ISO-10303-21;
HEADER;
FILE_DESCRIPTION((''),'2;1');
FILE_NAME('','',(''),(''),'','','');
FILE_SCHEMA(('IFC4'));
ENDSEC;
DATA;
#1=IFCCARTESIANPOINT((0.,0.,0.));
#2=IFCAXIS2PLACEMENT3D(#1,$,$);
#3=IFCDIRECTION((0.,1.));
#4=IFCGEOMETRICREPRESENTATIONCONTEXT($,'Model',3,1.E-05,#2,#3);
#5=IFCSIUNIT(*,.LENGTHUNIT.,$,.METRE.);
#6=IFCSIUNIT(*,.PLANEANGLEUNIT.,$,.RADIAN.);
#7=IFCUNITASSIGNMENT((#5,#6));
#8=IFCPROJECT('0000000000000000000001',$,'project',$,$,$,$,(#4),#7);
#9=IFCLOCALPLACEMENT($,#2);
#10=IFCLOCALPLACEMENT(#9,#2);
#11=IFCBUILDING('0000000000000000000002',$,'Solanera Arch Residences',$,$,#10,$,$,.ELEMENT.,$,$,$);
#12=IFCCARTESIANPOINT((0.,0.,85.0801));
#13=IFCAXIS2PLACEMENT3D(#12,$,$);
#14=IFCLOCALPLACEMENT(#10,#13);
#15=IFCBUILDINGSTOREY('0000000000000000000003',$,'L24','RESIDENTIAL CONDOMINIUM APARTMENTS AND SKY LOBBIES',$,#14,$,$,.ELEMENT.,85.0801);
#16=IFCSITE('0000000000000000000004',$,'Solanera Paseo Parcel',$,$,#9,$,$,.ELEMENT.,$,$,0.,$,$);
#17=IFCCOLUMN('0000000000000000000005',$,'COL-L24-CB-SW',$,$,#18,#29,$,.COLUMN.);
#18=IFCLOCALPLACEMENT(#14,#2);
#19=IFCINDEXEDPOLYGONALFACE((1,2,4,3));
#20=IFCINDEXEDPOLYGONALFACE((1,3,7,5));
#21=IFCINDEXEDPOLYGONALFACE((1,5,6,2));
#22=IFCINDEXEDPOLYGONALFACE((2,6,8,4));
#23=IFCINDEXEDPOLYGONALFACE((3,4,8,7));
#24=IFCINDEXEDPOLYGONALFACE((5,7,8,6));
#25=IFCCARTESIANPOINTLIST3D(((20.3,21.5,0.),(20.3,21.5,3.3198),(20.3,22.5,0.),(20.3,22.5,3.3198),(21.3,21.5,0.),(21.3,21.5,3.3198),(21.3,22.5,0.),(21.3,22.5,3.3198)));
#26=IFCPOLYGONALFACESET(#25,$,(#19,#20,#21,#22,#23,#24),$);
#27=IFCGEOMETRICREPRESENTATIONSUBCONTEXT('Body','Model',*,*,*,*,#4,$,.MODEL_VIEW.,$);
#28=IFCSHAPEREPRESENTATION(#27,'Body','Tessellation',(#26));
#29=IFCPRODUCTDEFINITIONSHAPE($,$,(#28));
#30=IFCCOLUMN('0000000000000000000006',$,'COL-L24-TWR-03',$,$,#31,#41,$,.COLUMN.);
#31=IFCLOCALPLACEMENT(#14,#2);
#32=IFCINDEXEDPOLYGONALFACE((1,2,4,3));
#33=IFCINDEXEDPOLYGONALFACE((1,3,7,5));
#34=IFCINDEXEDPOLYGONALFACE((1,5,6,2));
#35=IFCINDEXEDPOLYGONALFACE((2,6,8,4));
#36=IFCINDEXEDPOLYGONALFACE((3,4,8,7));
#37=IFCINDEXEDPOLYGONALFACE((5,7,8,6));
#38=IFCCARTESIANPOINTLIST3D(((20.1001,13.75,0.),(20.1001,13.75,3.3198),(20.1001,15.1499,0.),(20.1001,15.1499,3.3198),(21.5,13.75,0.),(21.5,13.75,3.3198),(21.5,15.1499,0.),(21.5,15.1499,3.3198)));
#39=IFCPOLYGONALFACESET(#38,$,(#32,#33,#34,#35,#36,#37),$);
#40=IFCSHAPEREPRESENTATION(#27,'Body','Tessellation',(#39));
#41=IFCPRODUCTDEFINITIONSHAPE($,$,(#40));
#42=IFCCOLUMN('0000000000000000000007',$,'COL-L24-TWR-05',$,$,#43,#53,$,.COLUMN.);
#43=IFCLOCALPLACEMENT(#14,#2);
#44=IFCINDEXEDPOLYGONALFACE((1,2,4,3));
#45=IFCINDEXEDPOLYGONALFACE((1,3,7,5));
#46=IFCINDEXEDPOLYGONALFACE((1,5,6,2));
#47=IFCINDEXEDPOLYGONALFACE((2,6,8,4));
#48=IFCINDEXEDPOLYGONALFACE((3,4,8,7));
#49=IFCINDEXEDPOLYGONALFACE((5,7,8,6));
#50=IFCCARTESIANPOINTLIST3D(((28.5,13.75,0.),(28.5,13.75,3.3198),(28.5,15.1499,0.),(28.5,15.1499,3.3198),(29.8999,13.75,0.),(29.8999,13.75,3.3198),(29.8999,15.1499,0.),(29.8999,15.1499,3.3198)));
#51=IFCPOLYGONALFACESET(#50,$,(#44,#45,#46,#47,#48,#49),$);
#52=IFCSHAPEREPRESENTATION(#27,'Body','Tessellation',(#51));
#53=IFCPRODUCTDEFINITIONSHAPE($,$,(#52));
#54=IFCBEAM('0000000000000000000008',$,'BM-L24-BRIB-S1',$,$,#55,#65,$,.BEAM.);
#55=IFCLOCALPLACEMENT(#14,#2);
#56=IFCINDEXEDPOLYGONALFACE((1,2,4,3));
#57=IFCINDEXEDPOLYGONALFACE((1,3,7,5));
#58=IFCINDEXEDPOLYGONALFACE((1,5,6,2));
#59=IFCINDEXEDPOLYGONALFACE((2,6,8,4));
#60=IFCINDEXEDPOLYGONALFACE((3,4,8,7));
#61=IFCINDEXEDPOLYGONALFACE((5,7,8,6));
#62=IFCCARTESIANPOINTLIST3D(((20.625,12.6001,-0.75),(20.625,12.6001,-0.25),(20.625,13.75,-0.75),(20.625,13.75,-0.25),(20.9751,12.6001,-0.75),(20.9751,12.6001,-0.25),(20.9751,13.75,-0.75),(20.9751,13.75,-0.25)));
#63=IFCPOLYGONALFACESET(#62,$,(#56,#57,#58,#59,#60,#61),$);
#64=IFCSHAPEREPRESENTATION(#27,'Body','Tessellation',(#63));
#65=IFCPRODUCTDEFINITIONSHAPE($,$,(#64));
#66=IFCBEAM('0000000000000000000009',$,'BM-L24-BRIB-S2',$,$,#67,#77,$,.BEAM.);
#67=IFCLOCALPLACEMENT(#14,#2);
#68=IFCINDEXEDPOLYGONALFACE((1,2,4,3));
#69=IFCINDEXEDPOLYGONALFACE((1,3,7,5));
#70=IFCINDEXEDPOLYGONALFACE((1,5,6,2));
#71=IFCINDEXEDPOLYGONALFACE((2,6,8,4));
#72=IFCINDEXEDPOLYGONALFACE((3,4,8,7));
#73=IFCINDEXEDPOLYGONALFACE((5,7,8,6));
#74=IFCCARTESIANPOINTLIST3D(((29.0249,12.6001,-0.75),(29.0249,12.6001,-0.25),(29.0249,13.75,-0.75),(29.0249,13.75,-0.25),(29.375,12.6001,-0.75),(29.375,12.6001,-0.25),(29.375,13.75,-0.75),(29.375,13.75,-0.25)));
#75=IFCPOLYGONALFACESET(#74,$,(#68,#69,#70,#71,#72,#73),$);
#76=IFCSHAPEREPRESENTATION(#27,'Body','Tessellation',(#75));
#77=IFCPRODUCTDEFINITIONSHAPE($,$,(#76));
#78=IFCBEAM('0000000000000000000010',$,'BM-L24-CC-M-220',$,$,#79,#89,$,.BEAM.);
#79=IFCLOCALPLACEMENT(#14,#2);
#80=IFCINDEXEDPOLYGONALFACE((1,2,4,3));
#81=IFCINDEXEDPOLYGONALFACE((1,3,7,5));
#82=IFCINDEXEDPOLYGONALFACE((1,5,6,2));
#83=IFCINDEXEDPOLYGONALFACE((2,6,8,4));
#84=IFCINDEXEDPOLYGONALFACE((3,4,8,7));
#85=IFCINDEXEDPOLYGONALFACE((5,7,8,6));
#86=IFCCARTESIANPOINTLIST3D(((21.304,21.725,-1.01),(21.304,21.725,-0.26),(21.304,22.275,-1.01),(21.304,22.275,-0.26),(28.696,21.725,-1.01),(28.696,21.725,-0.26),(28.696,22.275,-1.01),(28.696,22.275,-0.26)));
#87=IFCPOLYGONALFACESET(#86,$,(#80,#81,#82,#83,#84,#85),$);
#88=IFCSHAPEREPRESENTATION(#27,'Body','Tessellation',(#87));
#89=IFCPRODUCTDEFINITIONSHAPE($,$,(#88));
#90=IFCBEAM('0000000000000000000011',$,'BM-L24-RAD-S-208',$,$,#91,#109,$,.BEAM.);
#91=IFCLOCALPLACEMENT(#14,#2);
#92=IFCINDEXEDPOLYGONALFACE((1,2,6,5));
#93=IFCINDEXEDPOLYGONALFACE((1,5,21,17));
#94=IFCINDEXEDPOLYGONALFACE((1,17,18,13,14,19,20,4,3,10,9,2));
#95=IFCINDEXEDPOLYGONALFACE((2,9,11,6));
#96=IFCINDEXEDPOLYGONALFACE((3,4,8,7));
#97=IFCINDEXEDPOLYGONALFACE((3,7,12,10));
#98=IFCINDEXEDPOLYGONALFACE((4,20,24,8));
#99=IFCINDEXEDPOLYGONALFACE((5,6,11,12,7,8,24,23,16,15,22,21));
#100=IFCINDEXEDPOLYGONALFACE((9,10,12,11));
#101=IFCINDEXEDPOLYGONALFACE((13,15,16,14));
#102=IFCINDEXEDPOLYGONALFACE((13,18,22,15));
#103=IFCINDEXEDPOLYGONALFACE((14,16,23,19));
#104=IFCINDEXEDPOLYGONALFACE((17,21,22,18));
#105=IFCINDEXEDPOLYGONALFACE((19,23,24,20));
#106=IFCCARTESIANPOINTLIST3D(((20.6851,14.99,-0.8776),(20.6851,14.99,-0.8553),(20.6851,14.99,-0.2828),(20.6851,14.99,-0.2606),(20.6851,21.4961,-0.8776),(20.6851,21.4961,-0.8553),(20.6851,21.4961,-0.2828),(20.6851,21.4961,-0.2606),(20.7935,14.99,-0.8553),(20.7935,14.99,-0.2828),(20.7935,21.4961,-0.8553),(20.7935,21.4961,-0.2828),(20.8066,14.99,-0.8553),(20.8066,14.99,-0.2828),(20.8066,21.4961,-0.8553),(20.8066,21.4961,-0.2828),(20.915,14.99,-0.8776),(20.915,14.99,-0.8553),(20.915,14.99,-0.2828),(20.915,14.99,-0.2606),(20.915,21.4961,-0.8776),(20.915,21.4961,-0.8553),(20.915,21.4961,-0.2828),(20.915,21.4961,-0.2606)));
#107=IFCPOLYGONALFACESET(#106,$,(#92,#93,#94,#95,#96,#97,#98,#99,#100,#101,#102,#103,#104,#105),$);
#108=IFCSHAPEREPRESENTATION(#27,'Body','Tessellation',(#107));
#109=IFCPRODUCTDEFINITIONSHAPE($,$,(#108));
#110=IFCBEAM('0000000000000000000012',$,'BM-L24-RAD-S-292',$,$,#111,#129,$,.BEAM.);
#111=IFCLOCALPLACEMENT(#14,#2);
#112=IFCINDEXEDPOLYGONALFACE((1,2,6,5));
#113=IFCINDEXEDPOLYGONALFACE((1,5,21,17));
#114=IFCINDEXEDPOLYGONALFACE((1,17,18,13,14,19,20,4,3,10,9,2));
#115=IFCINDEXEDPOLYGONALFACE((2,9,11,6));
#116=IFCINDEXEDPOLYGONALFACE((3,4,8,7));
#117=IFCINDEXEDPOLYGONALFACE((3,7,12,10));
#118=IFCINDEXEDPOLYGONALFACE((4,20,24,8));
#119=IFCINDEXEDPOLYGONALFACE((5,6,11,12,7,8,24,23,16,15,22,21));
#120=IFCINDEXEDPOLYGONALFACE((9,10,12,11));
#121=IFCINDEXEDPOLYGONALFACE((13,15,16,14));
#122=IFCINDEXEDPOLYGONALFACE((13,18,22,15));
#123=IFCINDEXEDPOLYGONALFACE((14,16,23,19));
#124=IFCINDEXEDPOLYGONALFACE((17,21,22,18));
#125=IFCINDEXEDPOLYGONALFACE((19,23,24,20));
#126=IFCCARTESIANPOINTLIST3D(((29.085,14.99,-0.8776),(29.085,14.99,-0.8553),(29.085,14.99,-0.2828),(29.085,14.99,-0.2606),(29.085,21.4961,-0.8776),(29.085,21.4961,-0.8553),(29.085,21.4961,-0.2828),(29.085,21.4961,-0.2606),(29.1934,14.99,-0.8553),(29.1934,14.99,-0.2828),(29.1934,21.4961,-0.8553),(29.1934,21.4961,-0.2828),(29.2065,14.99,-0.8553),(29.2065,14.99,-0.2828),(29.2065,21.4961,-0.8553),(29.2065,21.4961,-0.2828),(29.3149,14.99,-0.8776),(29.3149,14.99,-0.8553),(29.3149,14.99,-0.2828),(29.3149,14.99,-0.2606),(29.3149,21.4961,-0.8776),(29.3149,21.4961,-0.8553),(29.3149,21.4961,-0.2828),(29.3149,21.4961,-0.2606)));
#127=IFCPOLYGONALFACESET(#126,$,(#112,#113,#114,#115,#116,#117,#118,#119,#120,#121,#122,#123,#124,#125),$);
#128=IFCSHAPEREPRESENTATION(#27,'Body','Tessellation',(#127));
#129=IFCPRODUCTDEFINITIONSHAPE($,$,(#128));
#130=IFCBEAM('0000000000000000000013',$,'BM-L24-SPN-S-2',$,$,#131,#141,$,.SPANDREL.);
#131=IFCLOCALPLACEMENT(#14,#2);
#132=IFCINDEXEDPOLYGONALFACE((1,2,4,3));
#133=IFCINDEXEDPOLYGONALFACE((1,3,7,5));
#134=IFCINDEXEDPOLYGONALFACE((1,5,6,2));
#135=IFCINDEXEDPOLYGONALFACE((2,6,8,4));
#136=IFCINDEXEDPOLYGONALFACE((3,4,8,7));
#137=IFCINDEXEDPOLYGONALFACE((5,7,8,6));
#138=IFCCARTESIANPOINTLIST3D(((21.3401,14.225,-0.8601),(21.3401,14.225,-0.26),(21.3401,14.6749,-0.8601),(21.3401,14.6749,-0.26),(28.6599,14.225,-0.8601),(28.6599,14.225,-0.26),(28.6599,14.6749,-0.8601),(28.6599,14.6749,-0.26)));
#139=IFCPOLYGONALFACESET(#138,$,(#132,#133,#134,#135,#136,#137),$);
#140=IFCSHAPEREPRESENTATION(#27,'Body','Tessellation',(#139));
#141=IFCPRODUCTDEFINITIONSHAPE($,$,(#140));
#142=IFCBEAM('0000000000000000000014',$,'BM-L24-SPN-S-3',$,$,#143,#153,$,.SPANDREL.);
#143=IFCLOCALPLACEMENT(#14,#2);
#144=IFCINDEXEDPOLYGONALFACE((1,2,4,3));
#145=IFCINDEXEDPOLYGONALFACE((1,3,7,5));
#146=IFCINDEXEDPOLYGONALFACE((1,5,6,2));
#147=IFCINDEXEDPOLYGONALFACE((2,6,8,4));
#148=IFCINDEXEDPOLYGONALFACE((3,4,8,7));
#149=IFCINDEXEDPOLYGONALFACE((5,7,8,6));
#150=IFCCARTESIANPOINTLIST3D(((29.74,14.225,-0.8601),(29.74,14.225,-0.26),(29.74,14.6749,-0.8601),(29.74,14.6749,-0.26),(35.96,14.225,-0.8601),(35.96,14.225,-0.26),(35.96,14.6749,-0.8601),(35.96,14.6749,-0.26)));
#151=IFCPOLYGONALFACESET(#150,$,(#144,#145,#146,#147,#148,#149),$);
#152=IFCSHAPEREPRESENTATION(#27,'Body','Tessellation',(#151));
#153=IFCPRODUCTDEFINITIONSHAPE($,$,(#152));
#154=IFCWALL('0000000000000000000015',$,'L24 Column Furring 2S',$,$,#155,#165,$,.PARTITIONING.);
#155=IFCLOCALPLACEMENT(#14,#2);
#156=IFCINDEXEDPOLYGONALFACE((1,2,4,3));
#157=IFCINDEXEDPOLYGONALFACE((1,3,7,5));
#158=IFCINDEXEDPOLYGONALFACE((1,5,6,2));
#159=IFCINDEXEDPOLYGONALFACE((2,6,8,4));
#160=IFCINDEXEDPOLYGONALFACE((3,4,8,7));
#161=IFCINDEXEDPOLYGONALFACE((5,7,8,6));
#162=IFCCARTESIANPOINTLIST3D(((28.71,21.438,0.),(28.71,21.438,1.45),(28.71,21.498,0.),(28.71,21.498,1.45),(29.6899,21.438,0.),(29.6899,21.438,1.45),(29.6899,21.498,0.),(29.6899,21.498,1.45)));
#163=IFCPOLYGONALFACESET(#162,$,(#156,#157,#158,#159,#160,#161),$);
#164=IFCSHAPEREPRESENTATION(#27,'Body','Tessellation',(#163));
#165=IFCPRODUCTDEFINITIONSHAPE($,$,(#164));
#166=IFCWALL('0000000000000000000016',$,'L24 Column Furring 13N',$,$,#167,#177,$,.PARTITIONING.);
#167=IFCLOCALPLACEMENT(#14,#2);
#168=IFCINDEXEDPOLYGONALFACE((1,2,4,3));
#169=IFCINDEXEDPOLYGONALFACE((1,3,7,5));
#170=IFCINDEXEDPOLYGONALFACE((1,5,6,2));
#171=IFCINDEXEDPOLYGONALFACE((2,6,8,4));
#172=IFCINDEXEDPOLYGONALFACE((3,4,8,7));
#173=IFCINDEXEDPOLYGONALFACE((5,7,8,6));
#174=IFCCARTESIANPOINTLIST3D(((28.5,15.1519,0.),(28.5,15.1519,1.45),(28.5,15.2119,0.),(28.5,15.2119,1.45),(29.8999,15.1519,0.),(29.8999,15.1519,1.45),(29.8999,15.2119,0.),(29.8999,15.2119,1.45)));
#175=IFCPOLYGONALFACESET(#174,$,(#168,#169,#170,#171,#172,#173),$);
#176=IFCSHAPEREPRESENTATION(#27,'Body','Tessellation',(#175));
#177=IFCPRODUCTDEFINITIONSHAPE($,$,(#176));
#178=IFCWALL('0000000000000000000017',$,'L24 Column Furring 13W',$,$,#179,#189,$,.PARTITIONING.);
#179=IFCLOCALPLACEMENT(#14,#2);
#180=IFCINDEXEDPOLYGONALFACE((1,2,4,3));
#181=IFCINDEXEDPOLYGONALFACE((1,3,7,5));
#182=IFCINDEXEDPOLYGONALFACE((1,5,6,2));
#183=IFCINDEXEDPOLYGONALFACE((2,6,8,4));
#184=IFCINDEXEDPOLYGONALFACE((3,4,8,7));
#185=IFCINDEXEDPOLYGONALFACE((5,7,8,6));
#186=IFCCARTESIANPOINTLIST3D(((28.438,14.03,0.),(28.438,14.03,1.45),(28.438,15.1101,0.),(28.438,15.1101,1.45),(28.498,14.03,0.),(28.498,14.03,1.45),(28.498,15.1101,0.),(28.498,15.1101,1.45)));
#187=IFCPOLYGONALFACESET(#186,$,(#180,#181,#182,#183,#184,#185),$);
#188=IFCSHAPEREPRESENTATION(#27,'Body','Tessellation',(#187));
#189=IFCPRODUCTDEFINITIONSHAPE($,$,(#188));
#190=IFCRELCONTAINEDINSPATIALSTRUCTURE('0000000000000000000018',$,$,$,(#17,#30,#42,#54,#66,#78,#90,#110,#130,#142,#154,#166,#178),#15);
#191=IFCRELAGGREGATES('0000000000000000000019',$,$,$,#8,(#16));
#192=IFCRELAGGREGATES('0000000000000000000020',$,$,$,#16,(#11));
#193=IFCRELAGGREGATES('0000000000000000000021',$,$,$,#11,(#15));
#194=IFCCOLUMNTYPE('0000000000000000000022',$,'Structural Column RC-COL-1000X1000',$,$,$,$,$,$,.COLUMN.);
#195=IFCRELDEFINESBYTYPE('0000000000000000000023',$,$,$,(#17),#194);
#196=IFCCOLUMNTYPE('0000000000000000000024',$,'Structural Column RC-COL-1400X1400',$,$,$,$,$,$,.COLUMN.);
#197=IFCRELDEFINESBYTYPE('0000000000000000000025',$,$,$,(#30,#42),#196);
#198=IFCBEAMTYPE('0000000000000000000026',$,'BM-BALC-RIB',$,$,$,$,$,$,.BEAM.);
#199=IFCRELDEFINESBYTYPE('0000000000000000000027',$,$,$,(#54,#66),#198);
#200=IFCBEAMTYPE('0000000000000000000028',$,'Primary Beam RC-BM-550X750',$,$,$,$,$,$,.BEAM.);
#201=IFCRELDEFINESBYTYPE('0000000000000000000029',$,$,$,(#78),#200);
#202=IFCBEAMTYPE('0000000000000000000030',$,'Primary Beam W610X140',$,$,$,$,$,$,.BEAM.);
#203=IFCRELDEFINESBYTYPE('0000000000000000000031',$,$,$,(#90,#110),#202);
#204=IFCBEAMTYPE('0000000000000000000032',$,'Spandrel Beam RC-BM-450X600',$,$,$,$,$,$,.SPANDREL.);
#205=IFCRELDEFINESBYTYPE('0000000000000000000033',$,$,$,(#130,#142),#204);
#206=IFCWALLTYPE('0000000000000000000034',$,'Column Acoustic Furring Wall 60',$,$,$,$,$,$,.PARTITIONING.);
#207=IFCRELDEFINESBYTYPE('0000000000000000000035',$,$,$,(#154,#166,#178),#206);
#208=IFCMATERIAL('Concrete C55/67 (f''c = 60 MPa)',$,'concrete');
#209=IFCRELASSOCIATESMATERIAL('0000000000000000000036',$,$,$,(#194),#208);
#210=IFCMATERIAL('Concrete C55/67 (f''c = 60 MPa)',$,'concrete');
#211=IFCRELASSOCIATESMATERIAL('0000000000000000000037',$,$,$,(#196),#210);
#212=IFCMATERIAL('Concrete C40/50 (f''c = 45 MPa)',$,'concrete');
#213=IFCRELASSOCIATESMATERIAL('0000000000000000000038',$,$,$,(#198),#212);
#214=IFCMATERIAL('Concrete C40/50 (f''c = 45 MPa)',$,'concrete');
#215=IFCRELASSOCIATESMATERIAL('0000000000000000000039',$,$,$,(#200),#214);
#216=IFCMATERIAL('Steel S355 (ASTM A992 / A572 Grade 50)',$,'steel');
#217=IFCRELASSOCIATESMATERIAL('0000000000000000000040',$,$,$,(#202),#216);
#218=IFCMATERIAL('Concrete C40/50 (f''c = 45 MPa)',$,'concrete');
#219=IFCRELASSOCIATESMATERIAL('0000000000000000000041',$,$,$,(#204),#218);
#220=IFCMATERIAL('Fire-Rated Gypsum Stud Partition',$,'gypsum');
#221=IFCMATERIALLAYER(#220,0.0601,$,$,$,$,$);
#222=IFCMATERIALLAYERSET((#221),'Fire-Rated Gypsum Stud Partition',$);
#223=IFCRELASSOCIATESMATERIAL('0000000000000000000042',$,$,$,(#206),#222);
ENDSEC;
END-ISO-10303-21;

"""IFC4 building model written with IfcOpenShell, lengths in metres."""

from ifc_helpers import new_model, si_unit, direction, frame, frame_2d, origin, origin_2d, place, context, subcontext, project, spatial, rectangle, i_section, extrude, material, layer, layer_set, material_profile, profile_set, type_object, element, save


model = new_model("IFC4")

# Units and contexts
model_context = context("Model", 3, precision=1e-05, world=origin(), true_north=direction((0.0, 1.0)))
body_context = subcontext(model_context, "Body", "Model", "MODEL_VIEW")
ifc_project = project(units=[si_unit("LENGTHUNIT", "METRE"), si_unit("PLANEANGLEUNIT", "RADIAN")], contexts=[model_context])

# Site, building, storey
site_placement = place(None, origin())
site = spatial("IfcSite", under=ifc_project, at=site_placement, Name="Solanera Paseo Parcel", CompositionType="ELEMENT", RefElevation=0.0)
building_placement = place(site_placement, origin())
building = spatial("IfcBuilding", under=site, at=building_placement, Name="Solanera Arch Residences", CompositionType="ELEMENT")
storey_placement = place(building_placement, frame((0.0, 0.0, 85.0801)))
storey = spatial("IfcBuildingStorey", under=building, at=storey_placement, Name="L24", Description="RESIDENTIAL CONDOMINIUM APARTMENTS AND SKY LOBBIES", CompositionType="ELEMENT", Elevation=85.0801)

# Columns
ifc_material_1 = material(Name="Concrete C55/67 (f'c = 60 MPa)", Category="concrete")
ifc_material_profile_1 = material_profile(ifc_material_1, rectangle(XDim=1.0, YDim=1.0, at=origin_2d()))
ifc_profile_set_1 = profile_set([ifc_material_profile_1], Name="Concrete C55/67 (f'c = 60 MPa)")
column_type_1 = type_object("IfcColumnType", Name="Structural Column RC-COL-1000X1000", PredefinedType="COLUMN", material=ifc_profile_set_1)
column_placement = place(storey_placement, frame((20.8, 22.0, 0.0), z_axis=(0.0, 0.0, 1.0), x_axis=(1.0, 0.0, 0.0)))
element("IfcColumn", 1, at=column_placement, inside=storey, type_object=column_type_1, Name="COL-L24-CB-SW", PredefinedType="COLUMN", context=body_context, shape_type="SweptSolid", body=[
    extrude(rectangle(XDim=1.0, YDim=1.0, at=origin_2d()), origin(), (0.0, 0.0, 1.0), 3.3198),
])
ifc_material_2 = material(Name="Concrete C55/67 (f'c = 60 MPa)", Category="concrete")
ifc_material_profile_2 = material_profile(ifc_material_2, rectangle(XDim=1.3999, YDim=1.3999, at=origin_2d()))
ifc_profile_set_2 = profile_set([ifc_material_profile_2], Name="Concrete C55/67 (f'c = 60 MPa)")
column_type_2 = type_object("IfcColumnType", Name="Structural Column RC-COL-1400X1400", PredefinedType="COLUMN", material=ifc_profile_set_2)
for number, where, z_axis, x_axis, name in (
    (2, (20.8, 14.45, 0.0), (0.0, 0.0, 1.0), (1.0, 0.0, 0.0), "COL-L24-TWR-03"),
    (3, (29.2, 14.45, 0.0), (0.0, 0.0, 1.0), (1.0, 0.0, 0.0), "COL-L24-TWR-05"),
):
    element("IfcColumn", number, at=place(storey_placement, frame(where, z_axis=z_axis, x_axis=x_axis)), inside=storey, type_object=column_type_2, Name=name, PredefinedType="COLUMN", context=body_context, shape_type="SweptSolid", body=[
        extrude(rectangle(XDim=1.3999, YDim=1.3999, at=origin_2d()), origin(), (0.0, 0.0, 1.0), 3.3198),
    ])

# Beams
ifc_material_3 = material(Name="Concrete C40/50 (f'c = 45 MPa)", Category="concrete")
ifc_material_profile_3 = material_profile(ifc_material_3, rectangle(XDim=0.3501, YDim=0.5, at=origin_2d()))
ifc_profile_set_3 = profile_set([ifc_material_profile_3], Name="Concrete C40/50 (f'c = 45 MPa)")
beam_type_1 = type_object("IfcBeamType", Name="BM-BALC-RIB", PredefinedType="BEAM", material=ifc_profile_set_3)
for number, where, z_axis, x_axis, name in (
    (4, (20.8, 12.6001, -0.5), (0.0, 1.0, 0.0), (-1.0, 0.0, 0.0), "BM-L24-BRIB-S1"),
    (5, (29.2, 12.6001, -0.5), (0.0, 1.0, 0.0), (-1.0, 0.0, 0.0), "BM-L24-BRIB-S2"),
):
    element("IfcBeam", number, at=place(storey_placement, frame(where, z_axis=z_axis, x_axis=x_axis)), inside=storey, type_object=beam_type_1, Name=name, PredefinedType="BEAM", context=body_context, shape_type="SweptSolid", body=[
        extrude(rectangle(XDim=0.3501, YDim=0.5, at=origin_2d()), origin(), (0.0, 0.0, 1.0), 1.1499),
    ])
ifc_material_4 = material(Name="Concrete C40/50 (f'c = 45 MPa)", Category="concrete")
ifc_material_profile_4 = material_profile(ifc_material_4, rectangle(XDim=0.55, YDim=0.75, at=origin_2d()))
ifc_profile_set_4 = profile_set([ifc_material_profile_4], Name="Concrete C40/50 (f'c = 45 MPa)")
beam_type_2 = type_object("IfcBeamType", Name="Primary Beam RC-BM-550X750", PredefinedType="BEAM", material=ifc_profile_set_4)
beam_1_placement = place(storey_placement, frame((21.304, 22.0, -0.635), z_axis=(1.0, 0.0, 0.0), x_axis=(0.0, 1.0, 0.0)))
element("IfcBeam", 6, at=beam_1_placement, inside=storey, type_object=beam_type_2, Name="BM-L24-CC-M-220", PredefinedType="BEAM", context=body_context, shape_type="SweptSolid", body=[
    extrude(rectangle(XDim=0.55, YDim=0.75, at=origin_2d()), origin(), (0.0, 0.0, 1.0), 7.3921),
])
ifc_material_5 = material(Name="Steel S355 (ASTM A992 / A572 Grade 50)", Category="steel")
ifc_material_profile_5 = material_profile(ifc_material_5, i_section(OverallWidth=0.23, OverallDepth=0.6169, WebThickness=0.0132, FlangeThickness=0.0222, at=origin_2d()))
ifc_profile_set_5 = profile_set([ifc_material_profile_5], Name="Steel S355 (ASTM A992 / A572 Grade 50)")
beam_type_3 = type_object("IfcBeamType", Name="Primary Beam W610X140", PredefinedType="BEAM", material=ifc_profile_set_5)
for number, where, z_axis, x_axis, name in (
    (7, (20.8, 14.99, -0.5691), (0.0, 1.0, 0.0), (-1.0, 0.0, 0.0), "BM-L24-RAD-S-208"),
    (8, (29.2, 14.99, -0.5691), (0.0, 1.0, 0.0), (-1.0, 0.0, 0.0), "BM-L24-RAD-S-292"),
):
    element("IfcBeam", number, at=place(storey_placement, frame(where, z_axis=z_axis, x_axis=x_axis)), inside=storey, type_object=beam_type_3, Name=name, PredefinedType="BEAM", context=body_context, shape_type="SweptSolid", body=[
        extrude(i_section(OverallWidth=0.23, OverallDepth=0.6169, WebThickness=0.0132, FlangeThickness=0.0222, at=origin_2d()), origin(), (0.0, 0.0, 1.0), 6.5061),
    ])
ifc_material_6 = material(Name="Concrete C40/50 (f'c = 45 MPa)", Category="concrete")
ifc_material_profile_6 = material_profile(ifc_material_6, rectangle(XDim=0.45, YDim=0.6001, at=origin_2d()))
ifc_profile_set_6 = profile_set([ifc_material_profile_6], Name="Concrete C40/50 (f'c = 45 MPa)")
beam_type_4 = type_object("IfcBeamType", Name="Spandrel Beam RC-BM-450X600", PredefinedType="SPANDREL", material=ifc_profile_set_6)
beam_2_placement = place(storey_placement, frame((21.3401, 14.45, -0.5601), z_axis=(1.0, 0.0, 0.0), x_axis=(0.0, 1.0, 0.0)))
element("IfcBeam", 9, at=beam_2_placement, inside=storey, type_object=beam_type_4, Name="BM-L24-SPN-S-2", PredefinedType="SPANDREL", context=body_context, shape_type="SweptSolid", body=[
    extrude(rectangle(XDim=0.45, YDim=0.6001, at=origin_2d()), origin(), (0.0, 0.0, 1.0), 7.3198),
])
beam_3_placement = place(storey_placement, frame((29.74, 14.45, -0.5601), z_axis=(1.0, 0.0, 0.0), x_axis=(0.0, 1.0, 0.0)))
element("IfcBeam", 10, at=beam_3_placement, inside=storey, type_object=beam_type_4, Name="BM-L24-SPN-S-3", PredefinedType="SPANDREL", context=body_context, shape_type="SweptSolid", body=[
    extrude(rectangle(XDim=0.45, YDim=0.6001, at=origin_2d()), origin(), (0.0, 0.0, 1.0), 6.22),
])

# Walls
ifc_material_7 = material(Name="Fire-Rated Gypsum Stud Partition", Category="gypsum")
ifc_layer_1 = layer(ifc_material_7, 0.0601)
ifc_layer_set_1 = layer_set([ifc_layer_1], Name="Fire-Rated Gypsum Stud Partition")
wall_type_1 = type_object("IfcWallType", Name="Column Acoustic Furring Wall 60", PredefinedType="PARTITIONING", material=ifc_layer_set_1)
wall_1_placement = place(storey_placement, frame((28.71, 21.468, 0.0), z_axis=(0.0, 0.0, 1.0), x_axis=(1.0, 0.0, 0.0)))
element("IfcWall", 11, at=wall_1_placement, inside=storey, type_object=wall_type_1, Name="L24 Column Furring 2S", PredefinedType="PARTITIONING", context=body_context, shape_type="SweptSolid", body=[
    extrude(rectangle(XDim=0.98, YDim=0.0601, at=frame_2d((0.49, 0.0))), origin(), (0.0, 0.0, 1.0), 1.45),
])
wall_2_placement = place(storey_placement, frame((28.5, 15.1819, 0.0), z_axis=(0.0, 0.0, 1.0), x_axis=(1.0, 0.0, 0.0)))
element("IfcWall", 12, at=wall_2_placement, inside=storey, type_object=wall_type_1, Name="L24 Column Furring 13N", PredefinedType="PARTITIONING", context=body_context, shape_type="SweptSolid", body=[
    extrude(rectangle(XDim=1.3999, YDim=0.0601, at=frame_2d((0.7, 0.0))), origin(), (0.0, 0.0, 1.0), 1.45),
])
wall_3_placement = place(storey_placement, frame((28.468, 14.03, 0.0), z_axis=(0.0, 0.0, 1.0), x_axis=(0.0, 1.0, 0.0)))
element("IfcWall", 13, at=wall_3_placement, inside=storey, type_object=wall_type_1, Name="L24 Column Furring 13W", PredefinedType="PARTITIONING", context=body_context, shape_type="SweptSolid", body=[
    extrude(rectangle(XDim=1.0801, YDim=0.0601, at=frame_2d((0.54, 0.0))), origin(), (0.0, 0.0, 1.0), 1.45),
])

save(model, "model.ifc")
